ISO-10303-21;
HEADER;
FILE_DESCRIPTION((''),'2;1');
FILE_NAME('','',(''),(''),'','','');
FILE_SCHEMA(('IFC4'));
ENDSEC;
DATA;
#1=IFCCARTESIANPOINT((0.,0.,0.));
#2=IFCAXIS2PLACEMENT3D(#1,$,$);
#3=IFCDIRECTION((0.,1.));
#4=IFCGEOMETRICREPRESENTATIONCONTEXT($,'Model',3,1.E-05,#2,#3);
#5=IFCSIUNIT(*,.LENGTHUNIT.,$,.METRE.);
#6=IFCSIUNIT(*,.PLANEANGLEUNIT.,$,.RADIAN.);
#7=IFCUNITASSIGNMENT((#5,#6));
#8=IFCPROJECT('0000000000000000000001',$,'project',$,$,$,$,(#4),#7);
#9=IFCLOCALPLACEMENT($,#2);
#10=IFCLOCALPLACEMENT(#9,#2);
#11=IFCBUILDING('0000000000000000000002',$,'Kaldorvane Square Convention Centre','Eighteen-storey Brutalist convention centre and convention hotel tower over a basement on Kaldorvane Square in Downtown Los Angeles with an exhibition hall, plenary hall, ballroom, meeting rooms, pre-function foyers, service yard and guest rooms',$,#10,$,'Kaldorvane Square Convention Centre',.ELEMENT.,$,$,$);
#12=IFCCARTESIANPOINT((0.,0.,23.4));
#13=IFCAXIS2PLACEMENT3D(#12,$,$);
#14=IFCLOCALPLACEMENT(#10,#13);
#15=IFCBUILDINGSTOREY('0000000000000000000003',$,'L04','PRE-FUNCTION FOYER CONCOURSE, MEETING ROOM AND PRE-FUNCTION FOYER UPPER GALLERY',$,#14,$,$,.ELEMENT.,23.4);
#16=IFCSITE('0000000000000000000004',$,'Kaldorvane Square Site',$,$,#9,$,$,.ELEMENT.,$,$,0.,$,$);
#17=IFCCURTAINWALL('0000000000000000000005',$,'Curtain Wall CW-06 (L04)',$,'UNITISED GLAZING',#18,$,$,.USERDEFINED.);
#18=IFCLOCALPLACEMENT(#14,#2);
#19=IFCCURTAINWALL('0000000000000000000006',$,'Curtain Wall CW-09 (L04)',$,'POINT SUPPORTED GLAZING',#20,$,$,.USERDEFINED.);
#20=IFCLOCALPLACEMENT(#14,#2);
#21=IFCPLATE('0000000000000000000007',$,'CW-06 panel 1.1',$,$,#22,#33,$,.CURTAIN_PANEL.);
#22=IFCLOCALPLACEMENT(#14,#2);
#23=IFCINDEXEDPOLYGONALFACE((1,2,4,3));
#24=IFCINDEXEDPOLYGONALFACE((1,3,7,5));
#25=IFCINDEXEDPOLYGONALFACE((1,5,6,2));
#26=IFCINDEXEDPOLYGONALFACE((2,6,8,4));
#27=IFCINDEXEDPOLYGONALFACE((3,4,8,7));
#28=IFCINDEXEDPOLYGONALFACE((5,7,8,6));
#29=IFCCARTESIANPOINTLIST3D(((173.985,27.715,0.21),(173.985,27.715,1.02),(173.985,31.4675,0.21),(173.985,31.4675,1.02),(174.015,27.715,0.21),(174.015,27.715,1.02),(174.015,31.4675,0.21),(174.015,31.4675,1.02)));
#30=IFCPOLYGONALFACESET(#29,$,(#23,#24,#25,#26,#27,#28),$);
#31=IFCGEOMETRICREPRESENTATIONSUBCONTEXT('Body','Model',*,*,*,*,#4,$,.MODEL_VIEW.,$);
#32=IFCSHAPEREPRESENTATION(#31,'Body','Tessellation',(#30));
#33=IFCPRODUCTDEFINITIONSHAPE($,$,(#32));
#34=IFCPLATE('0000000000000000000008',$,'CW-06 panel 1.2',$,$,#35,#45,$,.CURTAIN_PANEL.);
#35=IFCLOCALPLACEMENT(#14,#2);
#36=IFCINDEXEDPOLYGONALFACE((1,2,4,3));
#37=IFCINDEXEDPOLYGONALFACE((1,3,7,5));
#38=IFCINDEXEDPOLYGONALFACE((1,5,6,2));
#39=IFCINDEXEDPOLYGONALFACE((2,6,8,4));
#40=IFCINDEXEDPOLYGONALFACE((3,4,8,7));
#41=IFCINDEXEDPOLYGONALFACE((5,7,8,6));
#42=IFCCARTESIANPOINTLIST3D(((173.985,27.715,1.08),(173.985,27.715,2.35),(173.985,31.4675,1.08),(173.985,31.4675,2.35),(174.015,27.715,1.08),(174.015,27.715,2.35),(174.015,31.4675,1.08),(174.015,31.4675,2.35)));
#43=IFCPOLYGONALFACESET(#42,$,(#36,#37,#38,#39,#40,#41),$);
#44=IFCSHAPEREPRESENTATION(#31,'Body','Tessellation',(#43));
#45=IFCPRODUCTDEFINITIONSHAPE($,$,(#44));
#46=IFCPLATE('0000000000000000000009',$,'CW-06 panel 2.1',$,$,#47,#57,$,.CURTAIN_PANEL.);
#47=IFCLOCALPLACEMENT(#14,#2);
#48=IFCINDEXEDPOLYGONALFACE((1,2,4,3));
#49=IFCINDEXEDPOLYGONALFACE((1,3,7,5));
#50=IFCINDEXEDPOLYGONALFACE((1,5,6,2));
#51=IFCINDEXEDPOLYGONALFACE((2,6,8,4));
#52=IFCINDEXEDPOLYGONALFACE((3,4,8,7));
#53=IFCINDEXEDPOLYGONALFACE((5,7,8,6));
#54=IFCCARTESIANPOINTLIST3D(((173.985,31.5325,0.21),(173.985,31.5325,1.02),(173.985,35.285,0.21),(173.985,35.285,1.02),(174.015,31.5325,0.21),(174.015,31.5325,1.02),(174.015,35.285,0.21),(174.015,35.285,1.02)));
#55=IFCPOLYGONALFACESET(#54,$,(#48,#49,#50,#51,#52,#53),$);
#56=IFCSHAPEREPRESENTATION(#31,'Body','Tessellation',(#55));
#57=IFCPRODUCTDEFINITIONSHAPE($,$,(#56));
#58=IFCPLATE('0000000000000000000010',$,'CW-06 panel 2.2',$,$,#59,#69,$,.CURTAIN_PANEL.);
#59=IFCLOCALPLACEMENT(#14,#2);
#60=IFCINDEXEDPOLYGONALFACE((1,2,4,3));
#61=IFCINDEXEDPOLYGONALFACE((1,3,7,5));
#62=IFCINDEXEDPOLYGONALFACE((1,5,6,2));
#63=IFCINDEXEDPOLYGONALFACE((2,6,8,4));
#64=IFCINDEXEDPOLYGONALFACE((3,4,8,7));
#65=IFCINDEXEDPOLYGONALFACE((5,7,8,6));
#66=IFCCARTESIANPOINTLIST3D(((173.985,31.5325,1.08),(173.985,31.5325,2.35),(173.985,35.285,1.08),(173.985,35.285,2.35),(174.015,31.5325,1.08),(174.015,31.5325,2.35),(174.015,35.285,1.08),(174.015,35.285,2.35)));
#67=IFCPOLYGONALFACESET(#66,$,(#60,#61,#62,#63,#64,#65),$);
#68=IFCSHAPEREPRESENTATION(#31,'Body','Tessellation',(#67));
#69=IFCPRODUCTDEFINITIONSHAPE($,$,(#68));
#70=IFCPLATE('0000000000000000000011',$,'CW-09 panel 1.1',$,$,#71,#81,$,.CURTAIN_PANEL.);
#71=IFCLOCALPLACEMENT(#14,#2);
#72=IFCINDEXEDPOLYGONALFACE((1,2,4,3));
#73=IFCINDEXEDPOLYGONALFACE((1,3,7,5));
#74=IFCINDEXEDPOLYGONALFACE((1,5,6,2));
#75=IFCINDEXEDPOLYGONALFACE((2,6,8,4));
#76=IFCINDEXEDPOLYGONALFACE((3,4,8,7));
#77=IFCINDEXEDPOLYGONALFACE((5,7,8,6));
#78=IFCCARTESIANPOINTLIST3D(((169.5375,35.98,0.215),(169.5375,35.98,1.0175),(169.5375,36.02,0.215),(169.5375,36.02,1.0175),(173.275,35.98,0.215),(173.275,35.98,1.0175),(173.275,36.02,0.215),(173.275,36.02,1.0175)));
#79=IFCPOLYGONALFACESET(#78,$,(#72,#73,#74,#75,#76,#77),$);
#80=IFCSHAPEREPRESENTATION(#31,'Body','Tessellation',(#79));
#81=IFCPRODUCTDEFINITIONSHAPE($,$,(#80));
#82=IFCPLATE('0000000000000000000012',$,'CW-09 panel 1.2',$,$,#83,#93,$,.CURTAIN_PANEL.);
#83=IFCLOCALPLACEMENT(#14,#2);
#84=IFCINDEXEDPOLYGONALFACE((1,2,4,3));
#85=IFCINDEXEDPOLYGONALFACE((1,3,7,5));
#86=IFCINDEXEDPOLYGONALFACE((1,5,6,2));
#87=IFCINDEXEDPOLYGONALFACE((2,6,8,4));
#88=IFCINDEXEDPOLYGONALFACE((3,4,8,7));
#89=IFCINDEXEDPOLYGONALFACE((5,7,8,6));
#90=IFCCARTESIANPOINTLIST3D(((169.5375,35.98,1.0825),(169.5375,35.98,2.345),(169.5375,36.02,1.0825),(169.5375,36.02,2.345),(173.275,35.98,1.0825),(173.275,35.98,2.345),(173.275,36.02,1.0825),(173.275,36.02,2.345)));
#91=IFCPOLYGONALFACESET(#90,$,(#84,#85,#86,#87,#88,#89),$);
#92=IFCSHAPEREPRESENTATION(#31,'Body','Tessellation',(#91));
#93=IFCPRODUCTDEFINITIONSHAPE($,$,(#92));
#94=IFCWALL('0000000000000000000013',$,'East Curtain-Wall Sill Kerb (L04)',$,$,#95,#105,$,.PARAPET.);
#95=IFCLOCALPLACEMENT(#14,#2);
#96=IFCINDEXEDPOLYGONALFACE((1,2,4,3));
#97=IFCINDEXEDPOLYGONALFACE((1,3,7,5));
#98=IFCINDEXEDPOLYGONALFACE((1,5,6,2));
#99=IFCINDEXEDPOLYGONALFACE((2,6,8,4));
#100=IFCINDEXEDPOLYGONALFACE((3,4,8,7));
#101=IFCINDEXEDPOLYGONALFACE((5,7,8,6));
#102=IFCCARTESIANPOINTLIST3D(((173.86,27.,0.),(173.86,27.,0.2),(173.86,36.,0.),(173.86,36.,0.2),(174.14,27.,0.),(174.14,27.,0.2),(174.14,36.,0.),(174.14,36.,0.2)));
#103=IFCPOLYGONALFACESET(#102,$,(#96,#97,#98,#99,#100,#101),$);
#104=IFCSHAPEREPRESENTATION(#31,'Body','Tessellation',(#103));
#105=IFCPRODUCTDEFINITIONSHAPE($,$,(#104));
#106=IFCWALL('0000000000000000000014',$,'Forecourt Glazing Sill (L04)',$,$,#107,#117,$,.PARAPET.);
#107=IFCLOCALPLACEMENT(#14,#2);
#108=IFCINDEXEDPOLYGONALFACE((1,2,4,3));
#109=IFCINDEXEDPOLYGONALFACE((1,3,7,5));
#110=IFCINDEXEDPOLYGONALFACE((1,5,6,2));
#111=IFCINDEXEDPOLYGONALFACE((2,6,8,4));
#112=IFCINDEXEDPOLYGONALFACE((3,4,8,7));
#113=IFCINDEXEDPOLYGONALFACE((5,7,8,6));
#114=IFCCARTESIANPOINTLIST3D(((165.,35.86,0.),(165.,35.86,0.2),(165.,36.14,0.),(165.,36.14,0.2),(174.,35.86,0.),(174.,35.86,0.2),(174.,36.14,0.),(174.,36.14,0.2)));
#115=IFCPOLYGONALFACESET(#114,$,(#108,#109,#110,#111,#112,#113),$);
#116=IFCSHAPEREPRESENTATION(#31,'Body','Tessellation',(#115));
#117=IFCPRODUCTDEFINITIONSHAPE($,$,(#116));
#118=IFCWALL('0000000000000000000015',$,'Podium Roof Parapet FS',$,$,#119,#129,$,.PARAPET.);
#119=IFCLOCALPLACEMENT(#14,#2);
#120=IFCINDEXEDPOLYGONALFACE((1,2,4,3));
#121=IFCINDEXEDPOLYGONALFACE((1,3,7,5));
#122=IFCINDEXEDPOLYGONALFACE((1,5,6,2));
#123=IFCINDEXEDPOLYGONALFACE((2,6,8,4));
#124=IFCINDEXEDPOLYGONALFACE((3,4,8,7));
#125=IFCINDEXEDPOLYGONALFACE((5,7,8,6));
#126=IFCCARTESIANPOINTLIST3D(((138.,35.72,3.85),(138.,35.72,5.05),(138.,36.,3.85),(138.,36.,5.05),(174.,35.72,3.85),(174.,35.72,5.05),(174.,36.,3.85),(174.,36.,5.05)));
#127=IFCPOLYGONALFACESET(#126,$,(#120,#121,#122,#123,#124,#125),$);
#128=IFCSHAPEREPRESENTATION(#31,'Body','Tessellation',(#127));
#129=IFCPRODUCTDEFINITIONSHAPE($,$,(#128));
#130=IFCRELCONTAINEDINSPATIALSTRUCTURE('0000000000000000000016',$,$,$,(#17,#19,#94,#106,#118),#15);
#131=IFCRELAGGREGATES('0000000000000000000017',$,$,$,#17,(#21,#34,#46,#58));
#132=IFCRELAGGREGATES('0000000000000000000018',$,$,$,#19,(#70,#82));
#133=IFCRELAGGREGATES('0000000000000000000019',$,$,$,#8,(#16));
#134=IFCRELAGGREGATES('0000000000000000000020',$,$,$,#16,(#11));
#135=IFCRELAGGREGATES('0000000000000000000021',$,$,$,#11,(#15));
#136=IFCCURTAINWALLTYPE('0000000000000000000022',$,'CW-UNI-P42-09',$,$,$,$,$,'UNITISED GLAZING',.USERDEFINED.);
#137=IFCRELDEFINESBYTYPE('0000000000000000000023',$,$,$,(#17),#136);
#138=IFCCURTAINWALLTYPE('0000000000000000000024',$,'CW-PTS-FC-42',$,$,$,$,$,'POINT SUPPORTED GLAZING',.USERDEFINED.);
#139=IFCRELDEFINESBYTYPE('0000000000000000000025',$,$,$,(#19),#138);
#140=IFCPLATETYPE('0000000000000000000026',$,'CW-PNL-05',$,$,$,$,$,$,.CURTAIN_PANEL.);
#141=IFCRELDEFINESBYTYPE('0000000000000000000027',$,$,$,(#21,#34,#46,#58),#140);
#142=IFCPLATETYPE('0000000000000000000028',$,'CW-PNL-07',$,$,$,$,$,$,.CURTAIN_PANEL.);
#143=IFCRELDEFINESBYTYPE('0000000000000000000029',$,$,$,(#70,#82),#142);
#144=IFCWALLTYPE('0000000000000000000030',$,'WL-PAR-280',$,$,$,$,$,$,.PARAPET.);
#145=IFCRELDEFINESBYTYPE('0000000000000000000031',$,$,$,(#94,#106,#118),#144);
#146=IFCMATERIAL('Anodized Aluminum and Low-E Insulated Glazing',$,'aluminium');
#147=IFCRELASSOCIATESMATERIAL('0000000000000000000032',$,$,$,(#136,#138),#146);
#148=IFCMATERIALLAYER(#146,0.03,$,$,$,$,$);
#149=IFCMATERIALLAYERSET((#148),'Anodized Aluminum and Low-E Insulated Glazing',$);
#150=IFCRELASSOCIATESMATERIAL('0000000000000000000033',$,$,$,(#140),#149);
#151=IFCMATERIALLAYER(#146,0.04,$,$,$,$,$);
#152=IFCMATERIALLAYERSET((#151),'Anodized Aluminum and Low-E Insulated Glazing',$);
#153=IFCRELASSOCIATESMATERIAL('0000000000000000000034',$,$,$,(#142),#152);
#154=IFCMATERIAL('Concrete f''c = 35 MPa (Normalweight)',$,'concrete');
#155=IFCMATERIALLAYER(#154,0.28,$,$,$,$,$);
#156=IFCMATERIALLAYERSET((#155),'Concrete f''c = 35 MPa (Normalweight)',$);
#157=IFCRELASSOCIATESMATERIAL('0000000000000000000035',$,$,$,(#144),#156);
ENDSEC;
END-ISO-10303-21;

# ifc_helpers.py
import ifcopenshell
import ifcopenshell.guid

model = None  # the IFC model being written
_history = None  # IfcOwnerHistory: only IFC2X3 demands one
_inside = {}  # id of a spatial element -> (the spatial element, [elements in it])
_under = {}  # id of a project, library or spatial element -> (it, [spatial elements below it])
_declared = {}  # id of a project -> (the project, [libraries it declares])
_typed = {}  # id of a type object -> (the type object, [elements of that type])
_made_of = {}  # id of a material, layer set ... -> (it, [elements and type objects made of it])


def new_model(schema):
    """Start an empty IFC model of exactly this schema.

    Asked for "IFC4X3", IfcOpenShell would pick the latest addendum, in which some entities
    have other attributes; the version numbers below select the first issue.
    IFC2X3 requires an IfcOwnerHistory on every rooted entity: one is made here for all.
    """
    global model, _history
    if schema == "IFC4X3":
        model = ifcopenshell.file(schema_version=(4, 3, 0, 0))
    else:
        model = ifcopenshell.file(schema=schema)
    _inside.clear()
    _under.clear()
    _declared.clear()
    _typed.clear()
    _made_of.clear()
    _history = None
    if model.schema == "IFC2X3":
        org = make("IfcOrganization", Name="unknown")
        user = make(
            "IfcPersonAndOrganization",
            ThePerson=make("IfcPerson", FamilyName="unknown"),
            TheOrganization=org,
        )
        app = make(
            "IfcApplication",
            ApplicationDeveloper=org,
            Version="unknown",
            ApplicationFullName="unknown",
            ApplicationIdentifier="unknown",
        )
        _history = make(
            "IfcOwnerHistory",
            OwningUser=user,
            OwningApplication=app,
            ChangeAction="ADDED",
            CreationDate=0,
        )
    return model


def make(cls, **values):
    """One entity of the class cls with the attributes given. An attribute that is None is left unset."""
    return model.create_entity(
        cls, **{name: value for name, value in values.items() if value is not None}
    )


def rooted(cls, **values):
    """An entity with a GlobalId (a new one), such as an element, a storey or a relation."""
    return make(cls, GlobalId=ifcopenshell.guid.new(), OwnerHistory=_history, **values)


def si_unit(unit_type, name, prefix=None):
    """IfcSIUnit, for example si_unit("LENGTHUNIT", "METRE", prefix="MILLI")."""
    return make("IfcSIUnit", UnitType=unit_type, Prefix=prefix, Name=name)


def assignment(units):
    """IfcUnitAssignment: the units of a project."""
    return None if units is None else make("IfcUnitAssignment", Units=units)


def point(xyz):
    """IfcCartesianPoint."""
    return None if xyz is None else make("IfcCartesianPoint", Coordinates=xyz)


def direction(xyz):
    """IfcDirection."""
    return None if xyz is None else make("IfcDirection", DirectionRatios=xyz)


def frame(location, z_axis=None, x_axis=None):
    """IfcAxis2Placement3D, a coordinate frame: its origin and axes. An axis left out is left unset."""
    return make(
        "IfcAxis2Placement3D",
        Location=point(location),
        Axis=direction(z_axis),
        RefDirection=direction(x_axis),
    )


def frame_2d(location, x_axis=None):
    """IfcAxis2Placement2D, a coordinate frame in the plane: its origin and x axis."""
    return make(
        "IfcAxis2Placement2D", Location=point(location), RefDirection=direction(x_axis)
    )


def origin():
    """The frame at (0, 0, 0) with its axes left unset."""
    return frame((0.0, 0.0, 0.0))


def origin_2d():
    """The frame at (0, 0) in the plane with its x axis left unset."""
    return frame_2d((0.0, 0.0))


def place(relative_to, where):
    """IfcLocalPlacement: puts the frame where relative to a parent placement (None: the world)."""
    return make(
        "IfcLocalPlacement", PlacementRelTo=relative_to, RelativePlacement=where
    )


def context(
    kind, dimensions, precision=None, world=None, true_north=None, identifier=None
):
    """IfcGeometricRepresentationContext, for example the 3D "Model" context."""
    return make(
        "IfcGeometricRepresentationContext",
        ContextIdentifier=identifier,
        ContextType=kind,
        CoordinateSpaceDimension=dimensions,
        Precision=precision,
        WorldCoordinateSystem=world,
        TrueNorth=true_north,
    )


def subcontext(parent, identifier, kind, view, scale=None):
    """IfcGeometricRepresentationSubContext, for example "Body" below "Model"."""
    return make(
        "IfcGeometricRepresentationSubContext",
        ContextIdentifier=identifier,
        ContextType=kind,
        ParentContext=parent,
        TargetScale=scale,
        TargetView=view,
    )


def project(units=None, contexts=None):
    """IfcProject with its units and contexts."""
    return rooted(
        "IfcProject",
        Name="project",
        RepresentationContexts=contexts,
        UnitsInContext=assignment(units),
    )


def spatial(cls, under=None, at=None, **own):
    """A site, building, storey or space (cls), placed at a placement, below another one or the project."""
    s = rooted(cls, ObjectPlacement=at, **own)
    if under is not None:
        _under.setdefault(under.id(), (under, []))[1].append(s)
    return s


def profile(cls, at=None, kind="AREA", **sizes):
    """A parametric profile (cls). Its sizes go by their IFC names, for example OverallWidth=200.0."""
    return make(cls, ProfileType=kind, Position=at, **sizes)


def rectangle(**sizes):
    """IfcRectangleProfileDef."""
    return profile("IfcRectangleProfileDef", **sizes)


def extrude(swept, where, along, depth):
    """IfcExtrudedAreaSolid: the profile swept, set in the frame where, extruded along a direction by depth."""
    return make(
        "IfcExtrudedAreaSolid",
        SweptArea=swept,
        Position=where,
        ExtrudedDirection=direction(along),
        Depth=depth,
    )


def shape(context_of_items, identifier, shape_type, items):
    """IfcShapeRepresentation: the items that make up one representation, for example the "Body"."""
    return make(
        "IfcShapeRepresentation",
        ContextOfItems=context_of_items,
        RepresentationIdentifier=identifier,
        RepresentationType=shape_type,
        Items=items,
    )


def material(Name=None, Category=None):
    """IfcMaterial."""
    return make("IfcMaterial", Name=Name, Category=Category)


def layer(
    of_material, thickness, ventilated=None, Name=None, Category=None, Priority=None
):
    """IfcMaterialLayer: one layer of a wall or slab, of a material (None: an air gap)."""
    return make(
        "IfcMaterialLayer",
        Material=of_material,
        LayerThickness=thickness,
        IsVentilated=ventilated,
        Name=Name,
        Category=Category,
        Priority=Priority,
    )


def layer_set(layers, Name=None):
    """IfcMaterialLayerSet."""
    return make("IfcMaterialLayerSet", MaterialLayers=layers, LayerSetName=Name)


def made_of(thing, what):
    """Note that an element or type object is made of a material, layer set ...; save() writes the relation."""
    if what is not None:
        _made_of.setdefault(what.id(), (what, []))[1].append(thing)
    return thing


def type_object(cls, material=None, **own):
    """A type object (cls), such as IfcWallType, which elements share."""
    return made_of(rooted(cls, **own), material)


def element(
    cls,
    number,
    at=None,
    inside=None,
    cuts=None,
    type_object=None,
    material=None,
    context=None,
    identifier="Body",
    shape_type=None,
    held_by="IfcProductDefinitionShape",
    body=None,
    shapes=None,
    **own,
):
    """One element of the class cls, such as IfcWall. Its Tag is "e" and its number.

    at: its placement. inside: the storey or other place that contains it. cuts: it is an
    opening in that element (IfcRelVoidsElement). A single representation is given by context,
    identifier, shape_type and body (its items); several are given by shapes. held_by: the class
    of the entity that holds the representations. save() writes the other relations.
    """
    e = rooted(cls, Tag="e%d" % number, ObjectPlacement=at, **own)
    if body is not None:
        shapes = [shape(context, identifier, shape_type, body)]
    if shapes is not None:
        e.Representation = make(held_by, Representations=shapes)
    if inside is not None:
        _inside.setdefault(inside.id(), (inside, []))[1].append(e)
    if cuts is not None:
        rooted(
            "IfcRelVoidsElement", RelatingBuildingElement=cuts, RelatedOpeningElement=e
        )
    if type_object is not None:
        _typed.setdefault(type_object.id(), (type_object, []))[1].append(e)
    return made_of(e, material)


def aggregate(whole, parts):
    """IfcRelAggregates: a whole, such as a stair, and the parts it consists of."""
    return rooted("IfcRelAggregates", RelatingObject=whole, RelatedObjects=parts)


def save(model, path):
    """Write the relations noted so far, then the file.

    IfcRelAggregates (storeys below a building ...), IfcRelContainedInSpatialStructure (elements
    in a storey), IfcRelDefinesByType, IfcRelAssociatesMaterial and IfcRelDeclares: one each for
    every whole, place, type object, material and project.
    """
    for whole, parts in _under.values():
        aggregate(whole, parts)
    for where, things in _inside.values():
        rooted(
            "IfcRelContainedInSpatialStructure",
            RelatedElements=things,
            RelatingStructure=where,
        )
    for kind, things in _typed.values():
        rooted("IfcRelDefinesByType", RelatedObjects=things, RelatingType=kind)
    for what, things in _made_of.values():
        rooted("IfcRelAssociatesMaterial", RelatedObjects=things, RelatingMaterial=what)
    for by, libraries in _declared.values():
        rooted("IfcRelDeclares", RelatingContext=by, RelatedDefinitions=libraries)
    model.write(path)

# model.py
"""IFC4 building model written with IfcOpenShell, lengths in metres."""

from ifc_helpers import new_model, si_unit, direction, frame, frame_2d, origin, origin_2d, place, context, subcontext, project, spatial, rectangle, extrude, material, layer, layer_set, type_object, element, aggregate, save


model = new_model("IFC4")

# Units and contexts
model_context = context("Model", 3, precision=1e-05, world=origin(), true_north=direction((0.0, 1.0)))
body_context = subcontext(model_context, "Body", "Model", "MODEL_VIEW")
ifc_project = project(units=[si_unit("LENGTHUNIT", "METRE"), si_unit("PLANEANGLEUNIT", "RADIAN")], contexts=[model_context])

# Site, building, storey
site_placement = place(None, origin())
site = spatial("IfcSite", under=ifc_project, at=site_placement, Name="Kaldorvane Square Site", CompositionType="ELEMENT", RefElevation=0.0)
building_placement = place(site_placement, origin())
building = spatial("IfcBuilding", under=site, at=building_placement, Name="Kaldorvane Square Convention Centre", Description="Eighteen-storey Brutalist convention centre and convention hotel tower over a basement on Kaldorvane Square in Downtown Los Angeles with an exhibition hall, plenary hall, ballroom, meeting rooms, pre-function foyers, service yard and guest rooms", LongName="Kaldorvane Square Convention Centre", CompositionType="ELEMENT")
storey_placement = place(building_placement, frame((0.0, 0.0, 23.4)))
storey = spatial("IfcBuildingStorey", under=building, at=storey_placement, Name="L04", Description="PRE-FUNCTION FOYER CONCOURSE, MEETING ROOM AND PRE-FUNCTION FOYER UPPER GALLERY", CompositionType="ELEMENT", Elevation=23.4)

# Shared definitions
ifc_material_1 = material(Name="Anodized Aluminum and Low-E Insulated Glazing", Category="aluminium")
curtain_wall_type_1 = type_object("IfcCurtainWallType", Name="CW-UNI-P42-09", ElementType="UNITISED GLAZING", PredefinedType="USERDEFINED", material=ifc_material_1)

# Curtain walls
curtain_wall_1_placement = place(storey_placement, origin())
curtain_wall_1 = element("IfcCurtainWall", 1, at=curtain_wall_1_placement, inside=storey, type_object=curtain_wall_type_1, Name="Curtain Wall CW-06 (L04)", ObjectType="UNITISED GLAZING", PredefinedType="USERDEFINED")
curtain_wall_type_2 = type_object("IfcCurtainWallType", Name="CW-PTS-FC-42", ElementType="POINT SUPPORTED GLAZING", PredefinedType="USERDEFINED", material=ifc_material_1)
curtain_wall_2_placement = place(storey_placement, origin())
curtain_wall_2 = element("IfcCurtainWall", 2, at=curtain_wall_2_placement, inside=storey, type_object=curtain_wall_type_2, Name="Curtain Wall CW-09 (L04)", ObjectType="POINT SUPPORTED GLAZING", PredefinedType="USERDEFINED")

# Plates
ifc_layer_1 = layer(ifc_material_1, 0.03)
ifc_layer_set_1 = layer_set([ifc_layer_1], Name="Anodized Aluminum and Low-E Insulated Glazing")
plate_type_1 = type_object("IfcPlateType", Name="CW-PNL-05", PredefinedType="CURTAIN_PANEL", material=ifc_layer_set_1)
plate_1_placement = place(storey_placement, frame((174.0, 29.5912, 0.21), z_axis=(0.0, 0.0, 1.0), x_axis=(0.0, 1.0, 0.0)))
plate_1 = element("IfcPlate", 3, at=plate_1_placement, type_object=plate_type_1, Name="CW-06 panel 1.1", PredefinedType="CURTAIN_PANEL", context=body_context, shape_type="SweptSolid", body=[
    extrude(rectangle(XDim=3.7525, YDim=0.03, at=origin_2d()), origin(), (0.0, 0.0, 1.0), 0.81),
])
plate_2_placement = place(storey_placement, frame((174.0, 29.5912, 1.08), z_axis=(0.0, 0.0, 1.0), x_axis=(0.0, 1.0, 0.0)))
plate_2 = element("IfcPlate", 4, at=plate_2_placement, type_object=plate_type_1, Name="CW-06 panel 1.2", PredefinedType="CURTAIN_PANEL", context=body_context, shape_type="SweptSolid", body=[
    extrude(rectangle(XDim=3.7525, YDim=0.03, at=origin_2d()), origin(), (0.0, 0.0, 1.0), 1.27),
])
plate_3_placement = place(storey_placement, frame((174.0, 33.4088, 0.21), z_axis=(0.0, 0.0, 1.0), x_axis=(0.0, 1.0, 0.0)))
plate_3 = element("IfcPlate", 5, at=plate_3_placement, type_object=plate_type_1, Name="CW-06 panel 2.1", PredefinedType="CURTAIN_PANEL", context=body_context, shape_type="SweptSolid", body=[
    extrude(rectangle(XDim=3.7525, YDim=0.03, at=origin_2d()), origin(), (0.0, 0.0, 1.0), 0.81),
])
plate_4_placement = place(storey_placement, frame((174.0, 33.4088, 1.08), z_axis=(0.0, 0.0, 1.0), x_axis=(0.0, 1.0, 0.0)))
plate_4 = element("IfcPlate", 6, at=plate_4_placement, type_object=plate_type_1, Name="CW-06 panel 2.2", PredefinedType="CURTAIN_PANEL", context=body_context, shape_type="SweptSolid", body=[
    extrude(rectangle(XDim=3.7525, YDim=0.03, at=origin_2d()), origin(), (0.0, 0.0, 1.0), 1.27),
])
aggregate(curtain_wall_1, [plate_1, plate_2, plate_3, plate_4])
ifc_layer_2 = layer(ifc_material_1, 0.04)
ifc_layer_set_2 = layer_set([ifc_layer_2], Name="Anodized Aluminum and Low-E Insulated Glazing")
plate_type_2 = type_object("IfcPlateType", Name="CW-PNL-07", PredefinedType="CURTAIN_PANEL", material=ifc_layer_set_2)
plate_5_placement = place(storey_placement, frame((171.4062, 36.0, 0.215), z_axis=(0.0, 0.0, 1.0), x_axis=(-1.0, 0.0, 0.0)))
plate_5 = element("IfcPlate", 7, at=plate_5_placement, type_object=plate_type_2, Name="CW-09 panel 1.1", PredefinedType="CURTAIN_PANEL", context=body_context, shape_type="SweptSolid", body=[
    extrude(rectangle(XDim=3.7375, YDim=0.04, at=origin_2d()), origin(), (0.0, 0.0, 1.0), 0.8025),
])
plate_6_placement = place(storey_placement, frame((171.4062, 36.0, 1.0825), z_axis=(0.0, 0.0, 1.0), x_axis=(-1.0, 0.0, 0.0)))
plate_6 = element("IfcPlate", 8, at=plate_6_placement, type_object=plate_type_2, Name="CW-09 panel 1.2", PredefinedType="CURTAIN_PANEL", context=body_context, shape_type="SweptSolid", body=[
    extrude(rectangle(XDim=3.7375, YDim=0.04, at=origin_2d()), origin(), (0.0, 0.0, 1.0), 1.2625),
])
aggregate(curtain_wall_2, [plate_5, plate_6])

# Walls
ifc_material_2 = material(Name="Concrete f'c = 35 MPa (Normalweight)", Category="concrete")
ifc_layer_3 = layer(ifc_material_2, 0.28)
ifc_layer_set_3 = layer_set([ifc_layer_3], Name="Concrete f'c = 35 MPa (Normalweight)")
wall_type = type_object("IfcWallType", Name="WL-PAR-280", PredefinedType="PARAPET", material=ifc_layer_set_3)
for number, where, z_axis, x_axis, name in (
    (9, (174.0, 27.0, 0.0), (0.0, 0.0, 1.0), (0.0, 1.0, 0.0), "East Curtain-Wall Sill Kerb (L04)"),
    (10, (174.0, 36.0, 0.0), (0.0, 0.0, 1.0), (-1.0, 0.0, 0.0), "Forecourt Glazing Sill (L04)"),
):
    element("IfcWall", number, at=place(storey_placement, frame(where, z_axis=z_axis, x_axis=x_axis)), inside=storey, type_object=wall_type, Name=name, PredefinedType="PARAPET", context=body_context, shape_type="SweptSolid", body=[
        extrude(rectangle(XDim=9.0, YDim=0.28, at=frame_2d((4.5, 0.0))), origin(), (0.0, 0.0, 1.0), 0.2),
    ])
wall_placement = place(storey_placement, frame((174.0, 35.86, 3.85), z_axis=(0.0, 0.0, 1.0), x_axis=(-1.0, 0.0, 0.0)))
element("IfcWall", 11, at=wall_placement, inside=storey, type_object=wall_type, Name="Podium Roof Parapet FS", PredefinedType="PARAPET", context=body_context, shape_type="SweptSolid", body=[
    extrude(rectangle(XDim=36.0, YDim=0.28, at=frame_2d((18.0, 0.0))), origin(), (0.0, 0.0, 1.0), 1.2),
])

save(model, "model.ifc")
